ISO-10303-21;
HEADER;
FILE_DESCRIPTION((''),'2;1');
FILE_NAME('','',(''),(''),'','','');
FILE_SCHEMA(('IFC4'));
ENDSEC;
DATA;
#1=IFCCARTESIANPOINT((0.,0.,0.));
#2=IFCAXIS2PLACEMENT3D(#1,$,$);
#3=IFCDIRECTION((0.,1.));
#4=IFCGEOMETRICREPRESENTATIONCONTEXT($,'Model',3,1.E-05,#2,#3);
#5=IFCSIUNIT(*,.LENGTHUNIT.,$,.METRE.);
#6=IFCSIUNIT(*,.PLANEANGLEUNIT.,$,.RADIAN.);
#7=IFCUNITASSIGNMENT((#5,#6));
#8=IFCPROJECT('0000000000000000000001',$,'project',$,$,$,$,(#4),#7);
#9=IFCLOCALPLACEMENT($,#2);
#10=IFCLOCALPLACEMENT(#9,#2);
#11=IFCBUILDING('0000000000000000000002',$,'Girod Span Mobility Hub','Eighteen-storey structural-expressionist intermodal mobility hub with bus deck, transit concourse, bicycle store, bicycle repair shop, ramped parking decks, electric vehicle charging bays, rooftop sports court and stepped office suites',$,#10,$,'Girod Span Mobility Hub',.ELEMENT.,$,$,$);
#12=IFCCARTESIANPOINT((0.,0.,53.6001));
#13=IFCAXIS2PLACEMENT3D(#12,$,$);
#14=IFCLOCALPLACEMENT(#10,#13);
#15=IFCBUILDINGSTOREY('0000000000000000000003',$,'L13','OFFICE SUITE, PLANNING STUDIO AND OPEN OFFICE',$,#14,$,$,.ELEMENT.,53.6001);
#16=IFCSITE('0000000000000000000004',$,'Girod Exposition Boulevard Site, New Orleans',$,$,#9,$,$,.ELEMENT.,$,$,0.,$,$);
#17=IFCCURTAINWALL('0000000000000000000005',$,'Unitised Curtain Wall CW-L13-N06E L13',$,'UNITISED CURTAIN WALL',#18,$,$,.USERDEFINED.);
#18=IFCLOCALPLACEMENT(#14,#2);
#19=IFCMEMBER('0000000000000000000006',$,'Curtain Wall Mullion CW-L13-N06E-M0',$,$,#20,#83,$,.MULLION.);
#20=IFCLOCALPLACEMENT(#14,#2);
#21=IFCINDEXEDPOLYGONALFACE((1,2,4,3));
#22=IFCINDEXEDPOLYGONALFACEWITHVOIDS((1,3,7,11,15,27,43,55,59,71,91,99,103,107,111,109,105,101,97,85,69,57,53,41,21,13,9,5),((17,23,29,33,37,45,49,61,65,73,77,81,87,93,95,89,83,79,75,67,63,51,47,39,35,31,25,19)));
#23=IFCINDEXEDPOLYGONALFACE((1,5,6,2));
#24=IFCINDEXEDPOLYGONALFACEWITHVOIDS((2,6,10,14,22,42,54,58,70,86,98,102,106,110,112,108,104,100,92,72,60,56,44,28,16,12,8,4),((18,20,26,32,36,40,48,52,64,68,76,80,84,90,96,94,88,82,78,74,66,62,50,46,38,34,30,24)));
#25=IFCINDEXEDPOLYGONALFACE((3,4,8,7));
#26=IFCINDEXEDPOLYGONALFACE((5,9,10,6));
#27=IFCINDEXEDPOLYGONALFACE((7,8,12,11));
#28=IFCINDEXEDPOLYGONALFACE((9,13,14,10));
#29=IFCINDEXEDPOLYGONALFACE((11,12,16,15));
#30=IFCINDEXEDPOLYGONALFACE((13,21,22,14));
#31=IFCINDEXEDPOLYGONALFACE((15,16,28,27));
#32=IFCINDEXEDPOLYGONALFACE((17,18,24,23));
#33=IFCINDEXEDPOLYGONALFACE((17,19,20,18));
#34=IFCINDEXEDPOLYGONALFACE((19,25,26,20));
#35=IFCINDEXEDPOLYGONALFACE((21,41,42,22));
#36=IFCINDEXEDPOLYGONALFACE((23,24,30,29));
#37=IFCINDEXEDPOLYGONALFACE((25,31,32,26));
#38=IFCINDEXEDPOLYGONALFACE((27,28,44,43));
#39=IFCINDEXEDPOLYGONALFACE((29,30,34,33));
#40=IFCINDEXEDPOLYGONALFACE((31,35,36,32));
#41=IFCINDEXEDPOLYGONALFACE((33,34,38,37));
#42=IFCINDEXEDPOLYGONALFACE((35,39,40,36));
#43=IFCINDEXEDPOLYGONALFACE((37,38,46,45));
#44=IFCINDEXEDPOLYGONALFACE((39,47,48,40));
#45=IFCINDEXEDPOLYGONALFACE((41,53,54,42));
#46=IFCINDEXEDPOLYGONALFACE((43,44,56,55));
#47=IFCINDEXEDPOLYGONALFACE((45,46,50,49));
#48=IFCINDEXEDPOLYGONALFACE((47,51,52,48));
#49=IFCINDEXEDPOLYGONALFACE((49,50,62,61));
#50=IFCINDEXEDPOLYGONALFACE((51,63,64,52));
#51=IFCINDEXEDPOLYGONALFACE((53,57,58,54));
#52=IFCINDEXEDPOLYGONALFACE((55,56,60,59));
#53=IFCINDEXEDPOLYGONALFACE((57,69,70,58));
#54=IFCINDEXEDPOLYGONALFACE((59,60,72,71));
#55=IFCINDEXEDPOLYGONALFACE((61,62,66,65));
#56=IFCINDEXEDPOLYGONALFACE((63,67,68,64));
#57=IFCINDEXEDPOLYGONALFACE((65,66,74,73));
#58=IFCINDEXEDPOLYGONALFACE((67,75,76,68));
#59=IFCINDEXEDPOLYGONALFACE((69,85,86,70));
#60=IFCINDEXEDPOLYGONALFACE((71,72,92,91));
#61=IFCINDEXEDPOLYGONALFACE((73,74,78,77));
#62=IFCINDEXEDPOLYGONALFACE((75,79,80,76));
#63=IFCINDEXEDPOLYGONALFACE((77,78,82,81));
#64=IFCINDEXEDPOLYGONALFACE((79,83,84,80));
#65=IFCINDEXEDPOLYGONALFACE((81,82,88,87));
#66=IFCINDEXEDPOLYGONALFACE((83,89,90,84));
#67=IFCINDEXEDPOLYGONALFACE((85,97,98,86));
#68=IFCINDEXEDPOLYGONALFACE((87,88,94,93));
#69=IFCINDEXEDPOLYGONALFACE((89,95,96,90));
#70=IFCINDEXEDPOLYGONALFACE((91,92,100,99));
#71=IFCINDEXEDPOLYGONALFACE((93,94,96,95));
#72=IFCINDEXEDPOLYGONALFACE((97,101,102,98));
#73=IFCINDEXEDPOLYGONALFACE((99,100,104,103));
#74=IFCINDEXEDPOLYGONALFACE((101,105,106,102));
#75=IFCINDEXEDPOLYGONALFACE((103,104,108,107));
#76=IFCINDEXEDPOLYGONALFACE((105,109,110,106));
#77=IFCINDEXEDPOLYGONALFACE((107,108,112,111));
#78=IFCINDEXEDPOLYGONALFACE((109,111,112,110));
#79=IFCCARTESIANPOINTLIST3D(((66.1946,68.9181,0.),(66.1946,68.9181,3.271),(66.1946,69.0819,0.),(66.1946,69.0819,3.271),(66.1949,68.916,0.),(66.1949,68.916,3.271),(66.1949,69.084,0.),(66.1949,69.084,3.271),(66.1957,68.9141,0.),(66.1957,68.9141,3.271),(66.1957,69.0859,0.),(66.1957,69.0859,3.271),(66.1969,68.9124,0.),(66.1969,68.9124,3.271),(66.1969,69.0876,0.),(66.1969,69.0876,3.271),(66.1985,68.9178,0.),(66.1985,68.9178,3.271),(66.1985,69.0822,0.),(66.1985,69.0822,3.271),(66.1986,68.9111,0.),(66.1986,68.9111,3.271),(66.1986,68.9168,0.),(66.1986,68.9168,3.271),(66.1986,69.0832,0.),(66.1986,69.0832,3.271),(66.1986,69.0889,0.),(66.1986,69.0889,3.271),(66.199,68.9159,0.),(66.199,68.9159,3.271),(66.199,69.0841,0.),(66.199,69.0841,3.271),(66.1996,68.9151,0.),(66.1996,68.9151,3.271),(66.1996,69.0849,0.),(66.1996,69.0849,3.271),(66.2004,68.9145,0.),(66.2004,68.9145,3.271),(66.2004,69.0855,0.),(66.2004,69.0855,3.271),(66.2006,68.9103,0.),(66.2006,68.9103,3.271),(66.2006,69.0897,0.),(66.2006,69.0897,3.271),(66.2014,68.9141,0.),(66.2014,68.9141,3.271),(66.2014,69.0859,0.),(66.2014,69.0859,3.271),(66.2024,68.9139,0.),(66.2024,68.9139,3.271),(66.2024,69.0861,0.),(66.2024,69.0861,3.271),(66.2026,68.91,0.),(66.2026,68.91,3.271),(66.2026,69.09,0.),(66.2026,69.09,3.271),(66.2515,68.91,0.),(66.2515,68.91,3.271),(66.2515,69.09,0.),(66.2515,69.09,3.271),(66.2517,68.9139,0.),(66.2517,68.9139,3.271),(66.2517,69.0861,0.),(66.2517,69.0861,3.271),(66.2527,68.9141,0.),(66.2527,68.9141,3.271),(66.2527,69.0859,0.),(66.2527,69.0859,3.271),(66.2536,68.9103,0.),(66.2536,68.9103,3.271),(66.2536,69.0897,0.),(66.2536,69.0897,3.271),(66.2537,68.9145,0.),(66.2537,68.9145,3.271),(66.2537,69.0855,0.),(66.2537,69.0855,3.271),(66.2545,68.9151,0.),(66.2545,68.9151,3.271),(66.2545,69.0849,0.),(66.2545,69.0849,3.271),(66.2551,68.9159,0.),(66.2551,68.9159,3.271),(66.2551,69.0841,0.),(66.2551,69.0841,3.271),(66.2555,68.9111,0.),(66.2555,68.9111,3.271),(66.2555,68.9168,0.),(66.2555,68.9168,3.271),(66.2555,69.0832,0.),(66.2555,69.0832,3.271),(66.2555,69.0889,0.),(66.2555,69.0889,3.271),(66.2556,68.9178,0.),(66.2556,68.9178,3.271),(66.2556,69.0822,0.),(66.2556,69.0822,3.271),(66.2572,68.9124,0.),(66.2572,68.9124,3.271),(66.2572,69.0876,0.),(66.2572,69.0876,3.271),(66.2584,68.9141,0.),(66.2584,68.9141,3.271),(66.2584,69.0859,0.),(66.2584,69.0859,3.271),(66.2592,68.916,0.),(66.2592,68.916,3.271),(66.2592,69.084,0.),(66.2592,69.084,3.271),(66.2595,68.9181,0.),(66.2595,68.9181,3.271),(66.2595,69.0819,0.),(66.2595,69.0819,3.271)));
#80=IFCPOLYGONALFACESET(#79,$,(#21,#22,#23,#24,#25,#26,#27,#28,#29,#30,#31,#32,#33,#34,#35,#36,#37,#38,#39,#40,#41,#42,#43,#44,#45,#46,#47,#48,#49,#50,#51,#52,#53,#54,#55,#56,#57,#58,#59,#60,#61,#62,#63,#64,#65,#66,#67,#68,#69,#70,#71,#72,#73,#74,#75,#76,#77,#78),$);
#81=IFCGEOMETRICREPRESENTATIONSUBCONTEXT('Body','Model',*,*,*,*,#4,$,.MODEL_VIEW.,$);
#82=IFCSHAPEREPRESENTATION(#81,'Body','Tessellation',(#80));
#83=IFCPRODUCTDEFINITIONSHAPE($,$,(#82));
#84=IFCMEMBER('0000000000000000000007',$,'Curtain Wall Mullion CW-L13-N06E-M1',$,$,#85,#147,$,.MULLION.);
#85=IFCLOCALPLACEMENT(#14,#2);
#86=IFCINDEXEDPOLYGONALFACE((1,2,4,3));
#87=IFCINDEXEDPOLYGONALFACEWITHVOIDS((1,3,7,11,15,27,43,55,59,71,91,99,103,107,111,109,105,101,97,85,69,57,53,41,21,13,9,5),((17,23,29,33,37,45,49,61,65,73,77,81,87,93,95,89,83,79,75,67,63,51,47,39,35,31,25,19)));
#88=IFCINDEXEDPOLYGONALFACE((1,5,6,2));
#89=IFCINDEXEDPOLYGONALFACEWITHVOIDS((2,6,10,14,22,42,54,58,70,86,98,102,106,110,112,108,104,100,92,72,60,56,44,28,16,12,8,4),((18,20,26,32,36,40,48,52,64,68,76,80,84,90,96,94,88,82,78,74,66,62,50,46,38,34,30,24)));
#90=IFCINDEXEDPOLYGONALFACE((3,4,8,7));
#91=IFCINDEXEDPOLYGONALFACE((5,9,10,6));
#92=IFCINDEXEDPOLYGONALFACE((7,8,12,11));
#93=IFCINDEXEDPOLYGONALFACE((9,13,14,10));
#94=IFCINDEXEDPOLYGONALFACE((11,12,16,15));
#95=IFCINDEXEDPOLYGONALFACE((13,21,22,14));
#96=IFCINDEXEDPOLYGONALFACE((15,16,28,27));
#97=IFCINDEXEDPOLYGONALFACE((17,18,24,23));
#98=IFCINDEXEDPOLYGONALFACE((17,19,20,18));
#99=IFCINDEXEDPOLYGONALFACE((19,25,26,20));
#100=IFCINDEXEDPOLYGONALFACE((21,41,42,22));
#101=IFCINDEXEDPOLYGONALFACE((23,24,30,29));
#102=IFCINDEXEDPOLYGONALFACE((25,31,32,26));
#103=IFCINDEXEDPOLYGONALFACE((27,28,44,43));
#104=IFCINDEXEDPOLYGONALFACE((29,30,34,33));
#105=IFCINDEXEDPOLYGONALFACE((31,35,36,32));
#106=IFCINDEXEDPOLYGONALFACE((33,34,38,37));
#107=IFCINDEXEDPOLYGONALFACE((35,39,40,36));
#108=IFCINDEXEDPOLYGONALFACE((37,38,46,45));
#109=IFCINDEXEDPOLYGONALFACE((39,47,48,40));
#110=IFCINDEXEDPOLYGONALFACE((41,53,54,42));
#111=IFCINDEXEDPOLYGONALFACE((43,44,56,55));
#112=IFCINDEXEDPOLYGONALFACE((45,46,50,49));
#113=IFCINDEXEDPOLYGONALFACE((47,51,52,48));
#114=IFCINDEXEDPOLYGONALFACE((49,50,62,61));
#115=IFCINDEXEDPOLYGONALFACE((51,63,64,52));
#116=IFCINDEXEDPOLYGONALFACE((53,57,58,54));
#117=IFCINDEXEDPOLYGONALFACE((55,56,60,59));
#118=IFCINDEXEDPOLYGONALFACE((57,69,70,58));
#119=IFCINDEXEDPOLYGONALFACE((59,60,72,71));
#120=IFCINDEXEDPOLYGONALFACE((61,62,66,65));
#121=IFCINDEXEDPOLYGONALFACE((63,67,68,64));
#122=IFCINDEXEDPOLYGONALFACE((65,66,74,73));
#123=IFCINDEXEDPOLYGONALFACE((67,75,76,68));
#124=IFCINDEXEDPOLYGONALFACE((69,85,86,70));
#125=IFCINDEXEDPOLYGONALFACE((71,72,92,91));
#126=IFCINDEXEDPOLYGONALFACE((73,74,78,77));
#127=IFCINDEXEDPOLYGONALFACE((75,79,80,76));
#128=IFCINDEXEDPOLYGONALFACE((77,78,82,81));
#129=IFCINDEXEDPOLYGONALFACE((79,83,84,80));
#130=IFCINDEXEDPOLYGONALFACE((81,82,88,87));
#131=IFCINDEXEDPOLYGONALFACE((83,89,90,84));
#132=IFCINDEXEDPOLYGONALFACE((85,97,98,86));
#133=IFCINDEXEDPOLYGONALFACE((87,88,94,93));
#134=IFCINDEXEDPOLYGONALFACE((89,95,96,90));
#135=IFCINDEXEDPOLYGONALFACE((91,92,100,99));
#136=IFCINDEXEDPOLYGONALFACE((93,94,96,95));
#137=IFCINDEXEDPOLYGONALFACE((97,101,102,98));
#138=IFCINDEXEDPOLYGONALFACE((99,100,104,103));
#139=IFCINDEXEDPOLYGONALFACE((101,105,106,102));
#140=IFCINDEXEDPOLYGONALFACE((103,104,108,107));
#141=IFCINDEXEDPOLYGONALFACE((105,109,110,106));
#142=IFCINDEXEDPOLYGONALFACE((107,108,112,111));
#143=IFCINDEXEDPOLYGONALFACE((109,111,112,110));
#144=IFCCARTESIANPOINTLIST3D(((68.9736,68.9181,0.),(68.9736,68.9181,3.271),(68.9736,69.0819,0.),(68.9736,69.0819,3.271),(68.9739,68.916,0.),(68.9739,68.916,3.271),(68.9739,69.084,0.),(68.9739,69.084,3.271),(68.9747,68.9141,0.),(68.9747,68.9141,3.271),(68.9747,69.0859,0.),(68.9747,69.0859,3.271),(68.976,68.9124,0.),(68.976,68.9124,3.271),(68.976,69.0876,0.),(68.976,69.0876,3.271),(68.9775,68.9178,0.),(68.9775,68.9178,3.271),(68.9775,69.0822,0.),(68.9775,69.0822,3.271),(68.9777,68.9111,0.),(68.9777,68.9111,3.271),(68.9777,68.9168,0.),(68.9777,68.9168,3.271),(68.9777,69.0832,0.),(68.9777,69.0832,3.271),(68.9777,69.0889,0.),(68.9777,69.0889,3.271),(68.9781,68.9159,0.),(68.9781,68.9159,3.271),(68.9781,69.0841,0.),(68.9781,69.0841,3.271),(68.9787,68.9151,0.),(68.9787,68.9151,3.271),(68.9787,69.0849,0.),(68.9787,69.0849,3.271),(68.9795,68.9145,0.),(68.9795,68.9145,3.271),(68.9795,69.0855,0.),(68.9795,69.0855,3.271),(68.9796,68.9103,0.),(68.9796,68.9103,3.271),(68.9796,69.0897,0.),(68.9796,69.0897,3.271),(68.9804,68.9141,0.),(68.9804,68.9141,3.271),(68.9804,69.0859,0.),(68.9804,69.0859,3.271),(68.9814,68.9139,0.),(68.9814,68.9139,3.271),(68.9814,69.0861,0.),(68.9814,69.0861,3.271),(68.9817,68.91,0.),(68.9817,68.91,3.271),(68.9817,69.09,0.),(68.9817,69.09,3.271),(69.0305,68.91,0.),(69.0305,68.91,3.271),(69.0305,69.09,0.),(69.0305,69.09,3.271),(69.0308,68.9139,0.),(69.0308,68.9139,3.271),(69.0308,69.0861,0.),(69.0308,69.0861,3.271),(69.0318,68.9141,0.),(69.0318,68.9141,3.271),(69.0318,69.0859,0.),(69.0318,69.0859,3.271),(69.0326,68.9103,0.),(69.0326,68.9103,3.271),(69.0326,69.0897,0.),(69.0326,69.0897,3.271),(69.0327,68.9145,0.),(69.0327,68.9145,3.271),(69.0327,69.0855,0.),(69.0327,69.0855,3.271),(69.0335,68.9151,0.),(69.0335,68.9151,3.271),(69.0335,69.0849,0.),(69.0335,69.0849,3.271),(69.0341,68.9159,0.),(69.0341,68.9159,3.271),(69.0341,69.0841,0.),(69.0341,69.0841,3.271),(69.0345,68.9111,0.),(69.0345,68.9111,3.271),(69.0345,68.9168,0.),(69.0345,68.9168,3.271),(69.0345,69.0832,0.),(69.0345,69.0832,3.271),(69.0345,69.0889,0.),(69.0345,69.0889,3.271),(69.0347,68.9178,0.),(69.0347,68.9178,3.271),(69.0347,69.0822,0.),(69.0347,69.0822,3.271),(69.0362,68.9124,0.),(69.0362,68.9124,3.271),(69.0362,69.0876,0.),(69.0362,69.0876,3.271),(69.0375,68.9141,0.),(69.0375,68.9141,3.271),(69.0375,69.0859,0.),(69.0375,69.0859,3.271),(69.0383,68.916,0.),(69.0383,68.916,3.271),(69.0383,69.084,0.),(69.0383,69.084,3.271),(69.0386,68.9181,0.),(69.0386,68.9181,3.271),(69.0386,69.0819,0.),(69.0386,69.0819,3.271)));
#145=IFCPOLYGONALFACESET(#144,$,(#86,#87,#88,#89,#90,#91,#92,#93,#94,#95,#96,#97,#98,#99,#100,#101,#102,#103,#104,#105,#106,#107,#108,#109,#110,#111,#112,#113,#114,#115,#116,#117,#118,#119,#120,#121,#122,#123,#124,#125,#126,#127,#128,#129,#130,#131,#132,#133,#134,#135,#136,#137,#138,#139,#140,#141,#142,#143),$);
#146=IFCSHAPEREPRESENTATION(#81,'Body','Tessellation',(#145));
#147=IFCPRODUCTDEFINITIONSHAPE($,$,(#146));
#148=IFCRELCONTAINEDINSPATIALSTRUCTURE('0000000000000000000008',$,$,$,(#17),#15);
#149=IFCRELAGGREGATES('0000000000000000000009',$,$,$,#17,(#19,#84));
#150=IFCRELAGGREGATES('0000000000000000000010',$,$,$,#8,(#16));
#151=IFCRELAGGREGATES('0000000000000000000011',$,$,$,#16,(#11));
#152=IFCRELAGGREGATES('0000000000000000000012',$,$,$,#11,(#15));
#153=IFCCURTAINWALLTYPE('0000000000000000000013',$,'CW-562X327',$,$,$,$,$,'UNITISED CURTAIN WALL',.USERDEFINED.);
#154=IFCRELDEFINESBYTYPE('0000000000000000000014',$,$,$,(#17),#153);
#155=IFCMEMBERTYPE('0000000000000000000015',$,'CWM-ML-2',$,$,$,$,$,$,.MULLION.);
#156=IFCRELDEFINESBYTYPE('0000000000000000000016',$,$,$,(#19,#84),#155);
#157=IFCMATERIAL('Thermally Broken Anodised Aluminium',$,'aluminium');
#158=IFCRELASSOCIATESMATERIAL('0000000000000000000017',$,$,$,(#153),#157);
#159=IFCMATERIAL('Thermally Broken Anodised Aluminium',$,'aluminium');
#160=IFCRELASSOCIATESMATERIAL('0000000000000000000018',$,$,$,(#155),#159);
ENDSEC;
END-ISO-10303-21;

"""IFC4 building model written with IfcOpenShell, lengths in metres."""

from ifc_helpers import new_model, si_unit, direction, frame, origin, origin_2d, place, context, subcontext, project, spatial, hollow_rectangle, extrude, material, material_profile, profile_set, type_object, element, aggregate, save


model = new_model("IFC4")

# Units and contexts
model_context = context("Model", 3, precision=1e-05, world=origin(), true_north=direction((0.0, 1.0)))
body_context = subcontext(model_context, "Body", "Model", "MODEL_VIEW")
ifc_project = project(units=[si_unit("LENGTHUNIT", "METRE"), si_unit("PLANEANGLEUNIT", "RADIAN")], contexts=[model_context])

# Site, building, storey
site_placement = place(None, origin())
site = spatial("IfcSite", under=ifc_project, at=site_placement, Name="Girod Exposition Boulevard Site, New Orleans", CompositionType="ELEMENT", RefElevation=0.0)
building_placement = place(site_placement, origin())
building = spatial("IfcBuilding", under=site, at=building_placement, Name="Girod Span Mobility Hub", Description="Eighteen-storey structural-expressionist intermodal mobility hub with bus deck, transit concourse, bicycle store, bicycle repair shop, ramped parking decks, electric vehicle charging bays, rooftop sports court and stepped office suites", LongName="Girod Span Mobility Hub", CompositionType="ELEMENT")
storey_placement = place(building_placement, frame((0.0, 0.0, 53.6001)))
storey = spatial("IfcBuildingStorey", under=building, at=storey_placement, Name="L13", Description="OFFICE SUITE, PLANNING STUDIO AND OPEN OFFICE", CompositionType="ELEMENT", Elevation=53.6001)

# Curtain wall, members
ifc_material_1 = material(Name="Thermally Broken Anodised Aluminium", Category="aluminium")
curtain_wall_type = type_object("IfcCurtainWallType", Name="CW-562X327", ElementType="UNITISED CURTAIN WALL", PredefinedType="USERDEFINED", material=ifc_material_1)
ifc_material_2 = material(Name="Thermally Broken Anodised Aluminium", Category="aluminium")
ifc_material_profile_1 = material_profile(ifc_material_2, hollow_rectangle(XDim=0.1799, YDim=0.0649, WallThickness=0.0039, InnerFilletRadius=0.0039, OuterFilletRadius=0.0081, at=origin_2d()), Name="CW-ML-65X180")
ifc_profile_set_1 = profile_set([ifc_material_profile_1], Name="Thermally Broken Anodised Aluminium")
member_type_1 = type_object("IfcMemberType", Name="CWM-ML-2", PredefinedType="MULLION", material=ifc_profile_set_1)
curtain_wall_1_placement = place(storey_placement, origin())
curtain_wall_1 = element("IfcCurtainWall", 1, at=curtain_wall_1_placement, inside=storey, type_object=curtain_wall_type, Name="Unitised Curtain Wall CW-L13-N06E L13", ObjectType="UNITISED CURTAIN WALL", PredefinedType="USERDEFINED")
member_1_placement = place(storey_placement, frame((66.2271, 69.0, 0.0), z_axis=(0.0, 0.0, 1.0), x_axis=(0.0, 1.0, 0.0)))
member_1 = element("IfcMember", 2, at=member_1_placement, type_object=member_type_1, Name="Curtain Wall Mullion CW-L13-N06E-M0", PredefinedType="MULLION", context=body_context, shape_type="SweptSolid", body=[
    extrude(hollow_rectangle(XDim=0.1799, YDim=0.0649, WallThickness=0.0039, InnerFilletRadius=0.0039, OuterFilletRadius=0.0081, at=origin_2d()), origin(), (0.0, 0.0, 1.0), 3.271),
])
member_2_placement = place(storey_placement, frame((69.0061, 69.0, 0.0), z_axis=(0.0, 0.0, 1.0), x_axis=(0.0, 1.0, 0.0)))
member_2 = element("IfcMember", 3, at=member_2_placement, type_object=member_type_1, Name="Curtain Wall Mullion CW-L13-N06E-M1", PredefinedType="MULLION", context=body_context, shape_type="SweptSolid", body=[
    extrude(hollow_rectangle(XDim=0.1799, YDim=0.0649, WallThickness=0.0039, InnerFilletRadius=0.0039, OuterFilletRadius=0.0081, at=origin_2d()), origin(), (0.0, 0.0, 1.0), 3.271),
])

aggregate(curtain_wall_1, [member_1, member_2])

save(model, "model.ifc")
